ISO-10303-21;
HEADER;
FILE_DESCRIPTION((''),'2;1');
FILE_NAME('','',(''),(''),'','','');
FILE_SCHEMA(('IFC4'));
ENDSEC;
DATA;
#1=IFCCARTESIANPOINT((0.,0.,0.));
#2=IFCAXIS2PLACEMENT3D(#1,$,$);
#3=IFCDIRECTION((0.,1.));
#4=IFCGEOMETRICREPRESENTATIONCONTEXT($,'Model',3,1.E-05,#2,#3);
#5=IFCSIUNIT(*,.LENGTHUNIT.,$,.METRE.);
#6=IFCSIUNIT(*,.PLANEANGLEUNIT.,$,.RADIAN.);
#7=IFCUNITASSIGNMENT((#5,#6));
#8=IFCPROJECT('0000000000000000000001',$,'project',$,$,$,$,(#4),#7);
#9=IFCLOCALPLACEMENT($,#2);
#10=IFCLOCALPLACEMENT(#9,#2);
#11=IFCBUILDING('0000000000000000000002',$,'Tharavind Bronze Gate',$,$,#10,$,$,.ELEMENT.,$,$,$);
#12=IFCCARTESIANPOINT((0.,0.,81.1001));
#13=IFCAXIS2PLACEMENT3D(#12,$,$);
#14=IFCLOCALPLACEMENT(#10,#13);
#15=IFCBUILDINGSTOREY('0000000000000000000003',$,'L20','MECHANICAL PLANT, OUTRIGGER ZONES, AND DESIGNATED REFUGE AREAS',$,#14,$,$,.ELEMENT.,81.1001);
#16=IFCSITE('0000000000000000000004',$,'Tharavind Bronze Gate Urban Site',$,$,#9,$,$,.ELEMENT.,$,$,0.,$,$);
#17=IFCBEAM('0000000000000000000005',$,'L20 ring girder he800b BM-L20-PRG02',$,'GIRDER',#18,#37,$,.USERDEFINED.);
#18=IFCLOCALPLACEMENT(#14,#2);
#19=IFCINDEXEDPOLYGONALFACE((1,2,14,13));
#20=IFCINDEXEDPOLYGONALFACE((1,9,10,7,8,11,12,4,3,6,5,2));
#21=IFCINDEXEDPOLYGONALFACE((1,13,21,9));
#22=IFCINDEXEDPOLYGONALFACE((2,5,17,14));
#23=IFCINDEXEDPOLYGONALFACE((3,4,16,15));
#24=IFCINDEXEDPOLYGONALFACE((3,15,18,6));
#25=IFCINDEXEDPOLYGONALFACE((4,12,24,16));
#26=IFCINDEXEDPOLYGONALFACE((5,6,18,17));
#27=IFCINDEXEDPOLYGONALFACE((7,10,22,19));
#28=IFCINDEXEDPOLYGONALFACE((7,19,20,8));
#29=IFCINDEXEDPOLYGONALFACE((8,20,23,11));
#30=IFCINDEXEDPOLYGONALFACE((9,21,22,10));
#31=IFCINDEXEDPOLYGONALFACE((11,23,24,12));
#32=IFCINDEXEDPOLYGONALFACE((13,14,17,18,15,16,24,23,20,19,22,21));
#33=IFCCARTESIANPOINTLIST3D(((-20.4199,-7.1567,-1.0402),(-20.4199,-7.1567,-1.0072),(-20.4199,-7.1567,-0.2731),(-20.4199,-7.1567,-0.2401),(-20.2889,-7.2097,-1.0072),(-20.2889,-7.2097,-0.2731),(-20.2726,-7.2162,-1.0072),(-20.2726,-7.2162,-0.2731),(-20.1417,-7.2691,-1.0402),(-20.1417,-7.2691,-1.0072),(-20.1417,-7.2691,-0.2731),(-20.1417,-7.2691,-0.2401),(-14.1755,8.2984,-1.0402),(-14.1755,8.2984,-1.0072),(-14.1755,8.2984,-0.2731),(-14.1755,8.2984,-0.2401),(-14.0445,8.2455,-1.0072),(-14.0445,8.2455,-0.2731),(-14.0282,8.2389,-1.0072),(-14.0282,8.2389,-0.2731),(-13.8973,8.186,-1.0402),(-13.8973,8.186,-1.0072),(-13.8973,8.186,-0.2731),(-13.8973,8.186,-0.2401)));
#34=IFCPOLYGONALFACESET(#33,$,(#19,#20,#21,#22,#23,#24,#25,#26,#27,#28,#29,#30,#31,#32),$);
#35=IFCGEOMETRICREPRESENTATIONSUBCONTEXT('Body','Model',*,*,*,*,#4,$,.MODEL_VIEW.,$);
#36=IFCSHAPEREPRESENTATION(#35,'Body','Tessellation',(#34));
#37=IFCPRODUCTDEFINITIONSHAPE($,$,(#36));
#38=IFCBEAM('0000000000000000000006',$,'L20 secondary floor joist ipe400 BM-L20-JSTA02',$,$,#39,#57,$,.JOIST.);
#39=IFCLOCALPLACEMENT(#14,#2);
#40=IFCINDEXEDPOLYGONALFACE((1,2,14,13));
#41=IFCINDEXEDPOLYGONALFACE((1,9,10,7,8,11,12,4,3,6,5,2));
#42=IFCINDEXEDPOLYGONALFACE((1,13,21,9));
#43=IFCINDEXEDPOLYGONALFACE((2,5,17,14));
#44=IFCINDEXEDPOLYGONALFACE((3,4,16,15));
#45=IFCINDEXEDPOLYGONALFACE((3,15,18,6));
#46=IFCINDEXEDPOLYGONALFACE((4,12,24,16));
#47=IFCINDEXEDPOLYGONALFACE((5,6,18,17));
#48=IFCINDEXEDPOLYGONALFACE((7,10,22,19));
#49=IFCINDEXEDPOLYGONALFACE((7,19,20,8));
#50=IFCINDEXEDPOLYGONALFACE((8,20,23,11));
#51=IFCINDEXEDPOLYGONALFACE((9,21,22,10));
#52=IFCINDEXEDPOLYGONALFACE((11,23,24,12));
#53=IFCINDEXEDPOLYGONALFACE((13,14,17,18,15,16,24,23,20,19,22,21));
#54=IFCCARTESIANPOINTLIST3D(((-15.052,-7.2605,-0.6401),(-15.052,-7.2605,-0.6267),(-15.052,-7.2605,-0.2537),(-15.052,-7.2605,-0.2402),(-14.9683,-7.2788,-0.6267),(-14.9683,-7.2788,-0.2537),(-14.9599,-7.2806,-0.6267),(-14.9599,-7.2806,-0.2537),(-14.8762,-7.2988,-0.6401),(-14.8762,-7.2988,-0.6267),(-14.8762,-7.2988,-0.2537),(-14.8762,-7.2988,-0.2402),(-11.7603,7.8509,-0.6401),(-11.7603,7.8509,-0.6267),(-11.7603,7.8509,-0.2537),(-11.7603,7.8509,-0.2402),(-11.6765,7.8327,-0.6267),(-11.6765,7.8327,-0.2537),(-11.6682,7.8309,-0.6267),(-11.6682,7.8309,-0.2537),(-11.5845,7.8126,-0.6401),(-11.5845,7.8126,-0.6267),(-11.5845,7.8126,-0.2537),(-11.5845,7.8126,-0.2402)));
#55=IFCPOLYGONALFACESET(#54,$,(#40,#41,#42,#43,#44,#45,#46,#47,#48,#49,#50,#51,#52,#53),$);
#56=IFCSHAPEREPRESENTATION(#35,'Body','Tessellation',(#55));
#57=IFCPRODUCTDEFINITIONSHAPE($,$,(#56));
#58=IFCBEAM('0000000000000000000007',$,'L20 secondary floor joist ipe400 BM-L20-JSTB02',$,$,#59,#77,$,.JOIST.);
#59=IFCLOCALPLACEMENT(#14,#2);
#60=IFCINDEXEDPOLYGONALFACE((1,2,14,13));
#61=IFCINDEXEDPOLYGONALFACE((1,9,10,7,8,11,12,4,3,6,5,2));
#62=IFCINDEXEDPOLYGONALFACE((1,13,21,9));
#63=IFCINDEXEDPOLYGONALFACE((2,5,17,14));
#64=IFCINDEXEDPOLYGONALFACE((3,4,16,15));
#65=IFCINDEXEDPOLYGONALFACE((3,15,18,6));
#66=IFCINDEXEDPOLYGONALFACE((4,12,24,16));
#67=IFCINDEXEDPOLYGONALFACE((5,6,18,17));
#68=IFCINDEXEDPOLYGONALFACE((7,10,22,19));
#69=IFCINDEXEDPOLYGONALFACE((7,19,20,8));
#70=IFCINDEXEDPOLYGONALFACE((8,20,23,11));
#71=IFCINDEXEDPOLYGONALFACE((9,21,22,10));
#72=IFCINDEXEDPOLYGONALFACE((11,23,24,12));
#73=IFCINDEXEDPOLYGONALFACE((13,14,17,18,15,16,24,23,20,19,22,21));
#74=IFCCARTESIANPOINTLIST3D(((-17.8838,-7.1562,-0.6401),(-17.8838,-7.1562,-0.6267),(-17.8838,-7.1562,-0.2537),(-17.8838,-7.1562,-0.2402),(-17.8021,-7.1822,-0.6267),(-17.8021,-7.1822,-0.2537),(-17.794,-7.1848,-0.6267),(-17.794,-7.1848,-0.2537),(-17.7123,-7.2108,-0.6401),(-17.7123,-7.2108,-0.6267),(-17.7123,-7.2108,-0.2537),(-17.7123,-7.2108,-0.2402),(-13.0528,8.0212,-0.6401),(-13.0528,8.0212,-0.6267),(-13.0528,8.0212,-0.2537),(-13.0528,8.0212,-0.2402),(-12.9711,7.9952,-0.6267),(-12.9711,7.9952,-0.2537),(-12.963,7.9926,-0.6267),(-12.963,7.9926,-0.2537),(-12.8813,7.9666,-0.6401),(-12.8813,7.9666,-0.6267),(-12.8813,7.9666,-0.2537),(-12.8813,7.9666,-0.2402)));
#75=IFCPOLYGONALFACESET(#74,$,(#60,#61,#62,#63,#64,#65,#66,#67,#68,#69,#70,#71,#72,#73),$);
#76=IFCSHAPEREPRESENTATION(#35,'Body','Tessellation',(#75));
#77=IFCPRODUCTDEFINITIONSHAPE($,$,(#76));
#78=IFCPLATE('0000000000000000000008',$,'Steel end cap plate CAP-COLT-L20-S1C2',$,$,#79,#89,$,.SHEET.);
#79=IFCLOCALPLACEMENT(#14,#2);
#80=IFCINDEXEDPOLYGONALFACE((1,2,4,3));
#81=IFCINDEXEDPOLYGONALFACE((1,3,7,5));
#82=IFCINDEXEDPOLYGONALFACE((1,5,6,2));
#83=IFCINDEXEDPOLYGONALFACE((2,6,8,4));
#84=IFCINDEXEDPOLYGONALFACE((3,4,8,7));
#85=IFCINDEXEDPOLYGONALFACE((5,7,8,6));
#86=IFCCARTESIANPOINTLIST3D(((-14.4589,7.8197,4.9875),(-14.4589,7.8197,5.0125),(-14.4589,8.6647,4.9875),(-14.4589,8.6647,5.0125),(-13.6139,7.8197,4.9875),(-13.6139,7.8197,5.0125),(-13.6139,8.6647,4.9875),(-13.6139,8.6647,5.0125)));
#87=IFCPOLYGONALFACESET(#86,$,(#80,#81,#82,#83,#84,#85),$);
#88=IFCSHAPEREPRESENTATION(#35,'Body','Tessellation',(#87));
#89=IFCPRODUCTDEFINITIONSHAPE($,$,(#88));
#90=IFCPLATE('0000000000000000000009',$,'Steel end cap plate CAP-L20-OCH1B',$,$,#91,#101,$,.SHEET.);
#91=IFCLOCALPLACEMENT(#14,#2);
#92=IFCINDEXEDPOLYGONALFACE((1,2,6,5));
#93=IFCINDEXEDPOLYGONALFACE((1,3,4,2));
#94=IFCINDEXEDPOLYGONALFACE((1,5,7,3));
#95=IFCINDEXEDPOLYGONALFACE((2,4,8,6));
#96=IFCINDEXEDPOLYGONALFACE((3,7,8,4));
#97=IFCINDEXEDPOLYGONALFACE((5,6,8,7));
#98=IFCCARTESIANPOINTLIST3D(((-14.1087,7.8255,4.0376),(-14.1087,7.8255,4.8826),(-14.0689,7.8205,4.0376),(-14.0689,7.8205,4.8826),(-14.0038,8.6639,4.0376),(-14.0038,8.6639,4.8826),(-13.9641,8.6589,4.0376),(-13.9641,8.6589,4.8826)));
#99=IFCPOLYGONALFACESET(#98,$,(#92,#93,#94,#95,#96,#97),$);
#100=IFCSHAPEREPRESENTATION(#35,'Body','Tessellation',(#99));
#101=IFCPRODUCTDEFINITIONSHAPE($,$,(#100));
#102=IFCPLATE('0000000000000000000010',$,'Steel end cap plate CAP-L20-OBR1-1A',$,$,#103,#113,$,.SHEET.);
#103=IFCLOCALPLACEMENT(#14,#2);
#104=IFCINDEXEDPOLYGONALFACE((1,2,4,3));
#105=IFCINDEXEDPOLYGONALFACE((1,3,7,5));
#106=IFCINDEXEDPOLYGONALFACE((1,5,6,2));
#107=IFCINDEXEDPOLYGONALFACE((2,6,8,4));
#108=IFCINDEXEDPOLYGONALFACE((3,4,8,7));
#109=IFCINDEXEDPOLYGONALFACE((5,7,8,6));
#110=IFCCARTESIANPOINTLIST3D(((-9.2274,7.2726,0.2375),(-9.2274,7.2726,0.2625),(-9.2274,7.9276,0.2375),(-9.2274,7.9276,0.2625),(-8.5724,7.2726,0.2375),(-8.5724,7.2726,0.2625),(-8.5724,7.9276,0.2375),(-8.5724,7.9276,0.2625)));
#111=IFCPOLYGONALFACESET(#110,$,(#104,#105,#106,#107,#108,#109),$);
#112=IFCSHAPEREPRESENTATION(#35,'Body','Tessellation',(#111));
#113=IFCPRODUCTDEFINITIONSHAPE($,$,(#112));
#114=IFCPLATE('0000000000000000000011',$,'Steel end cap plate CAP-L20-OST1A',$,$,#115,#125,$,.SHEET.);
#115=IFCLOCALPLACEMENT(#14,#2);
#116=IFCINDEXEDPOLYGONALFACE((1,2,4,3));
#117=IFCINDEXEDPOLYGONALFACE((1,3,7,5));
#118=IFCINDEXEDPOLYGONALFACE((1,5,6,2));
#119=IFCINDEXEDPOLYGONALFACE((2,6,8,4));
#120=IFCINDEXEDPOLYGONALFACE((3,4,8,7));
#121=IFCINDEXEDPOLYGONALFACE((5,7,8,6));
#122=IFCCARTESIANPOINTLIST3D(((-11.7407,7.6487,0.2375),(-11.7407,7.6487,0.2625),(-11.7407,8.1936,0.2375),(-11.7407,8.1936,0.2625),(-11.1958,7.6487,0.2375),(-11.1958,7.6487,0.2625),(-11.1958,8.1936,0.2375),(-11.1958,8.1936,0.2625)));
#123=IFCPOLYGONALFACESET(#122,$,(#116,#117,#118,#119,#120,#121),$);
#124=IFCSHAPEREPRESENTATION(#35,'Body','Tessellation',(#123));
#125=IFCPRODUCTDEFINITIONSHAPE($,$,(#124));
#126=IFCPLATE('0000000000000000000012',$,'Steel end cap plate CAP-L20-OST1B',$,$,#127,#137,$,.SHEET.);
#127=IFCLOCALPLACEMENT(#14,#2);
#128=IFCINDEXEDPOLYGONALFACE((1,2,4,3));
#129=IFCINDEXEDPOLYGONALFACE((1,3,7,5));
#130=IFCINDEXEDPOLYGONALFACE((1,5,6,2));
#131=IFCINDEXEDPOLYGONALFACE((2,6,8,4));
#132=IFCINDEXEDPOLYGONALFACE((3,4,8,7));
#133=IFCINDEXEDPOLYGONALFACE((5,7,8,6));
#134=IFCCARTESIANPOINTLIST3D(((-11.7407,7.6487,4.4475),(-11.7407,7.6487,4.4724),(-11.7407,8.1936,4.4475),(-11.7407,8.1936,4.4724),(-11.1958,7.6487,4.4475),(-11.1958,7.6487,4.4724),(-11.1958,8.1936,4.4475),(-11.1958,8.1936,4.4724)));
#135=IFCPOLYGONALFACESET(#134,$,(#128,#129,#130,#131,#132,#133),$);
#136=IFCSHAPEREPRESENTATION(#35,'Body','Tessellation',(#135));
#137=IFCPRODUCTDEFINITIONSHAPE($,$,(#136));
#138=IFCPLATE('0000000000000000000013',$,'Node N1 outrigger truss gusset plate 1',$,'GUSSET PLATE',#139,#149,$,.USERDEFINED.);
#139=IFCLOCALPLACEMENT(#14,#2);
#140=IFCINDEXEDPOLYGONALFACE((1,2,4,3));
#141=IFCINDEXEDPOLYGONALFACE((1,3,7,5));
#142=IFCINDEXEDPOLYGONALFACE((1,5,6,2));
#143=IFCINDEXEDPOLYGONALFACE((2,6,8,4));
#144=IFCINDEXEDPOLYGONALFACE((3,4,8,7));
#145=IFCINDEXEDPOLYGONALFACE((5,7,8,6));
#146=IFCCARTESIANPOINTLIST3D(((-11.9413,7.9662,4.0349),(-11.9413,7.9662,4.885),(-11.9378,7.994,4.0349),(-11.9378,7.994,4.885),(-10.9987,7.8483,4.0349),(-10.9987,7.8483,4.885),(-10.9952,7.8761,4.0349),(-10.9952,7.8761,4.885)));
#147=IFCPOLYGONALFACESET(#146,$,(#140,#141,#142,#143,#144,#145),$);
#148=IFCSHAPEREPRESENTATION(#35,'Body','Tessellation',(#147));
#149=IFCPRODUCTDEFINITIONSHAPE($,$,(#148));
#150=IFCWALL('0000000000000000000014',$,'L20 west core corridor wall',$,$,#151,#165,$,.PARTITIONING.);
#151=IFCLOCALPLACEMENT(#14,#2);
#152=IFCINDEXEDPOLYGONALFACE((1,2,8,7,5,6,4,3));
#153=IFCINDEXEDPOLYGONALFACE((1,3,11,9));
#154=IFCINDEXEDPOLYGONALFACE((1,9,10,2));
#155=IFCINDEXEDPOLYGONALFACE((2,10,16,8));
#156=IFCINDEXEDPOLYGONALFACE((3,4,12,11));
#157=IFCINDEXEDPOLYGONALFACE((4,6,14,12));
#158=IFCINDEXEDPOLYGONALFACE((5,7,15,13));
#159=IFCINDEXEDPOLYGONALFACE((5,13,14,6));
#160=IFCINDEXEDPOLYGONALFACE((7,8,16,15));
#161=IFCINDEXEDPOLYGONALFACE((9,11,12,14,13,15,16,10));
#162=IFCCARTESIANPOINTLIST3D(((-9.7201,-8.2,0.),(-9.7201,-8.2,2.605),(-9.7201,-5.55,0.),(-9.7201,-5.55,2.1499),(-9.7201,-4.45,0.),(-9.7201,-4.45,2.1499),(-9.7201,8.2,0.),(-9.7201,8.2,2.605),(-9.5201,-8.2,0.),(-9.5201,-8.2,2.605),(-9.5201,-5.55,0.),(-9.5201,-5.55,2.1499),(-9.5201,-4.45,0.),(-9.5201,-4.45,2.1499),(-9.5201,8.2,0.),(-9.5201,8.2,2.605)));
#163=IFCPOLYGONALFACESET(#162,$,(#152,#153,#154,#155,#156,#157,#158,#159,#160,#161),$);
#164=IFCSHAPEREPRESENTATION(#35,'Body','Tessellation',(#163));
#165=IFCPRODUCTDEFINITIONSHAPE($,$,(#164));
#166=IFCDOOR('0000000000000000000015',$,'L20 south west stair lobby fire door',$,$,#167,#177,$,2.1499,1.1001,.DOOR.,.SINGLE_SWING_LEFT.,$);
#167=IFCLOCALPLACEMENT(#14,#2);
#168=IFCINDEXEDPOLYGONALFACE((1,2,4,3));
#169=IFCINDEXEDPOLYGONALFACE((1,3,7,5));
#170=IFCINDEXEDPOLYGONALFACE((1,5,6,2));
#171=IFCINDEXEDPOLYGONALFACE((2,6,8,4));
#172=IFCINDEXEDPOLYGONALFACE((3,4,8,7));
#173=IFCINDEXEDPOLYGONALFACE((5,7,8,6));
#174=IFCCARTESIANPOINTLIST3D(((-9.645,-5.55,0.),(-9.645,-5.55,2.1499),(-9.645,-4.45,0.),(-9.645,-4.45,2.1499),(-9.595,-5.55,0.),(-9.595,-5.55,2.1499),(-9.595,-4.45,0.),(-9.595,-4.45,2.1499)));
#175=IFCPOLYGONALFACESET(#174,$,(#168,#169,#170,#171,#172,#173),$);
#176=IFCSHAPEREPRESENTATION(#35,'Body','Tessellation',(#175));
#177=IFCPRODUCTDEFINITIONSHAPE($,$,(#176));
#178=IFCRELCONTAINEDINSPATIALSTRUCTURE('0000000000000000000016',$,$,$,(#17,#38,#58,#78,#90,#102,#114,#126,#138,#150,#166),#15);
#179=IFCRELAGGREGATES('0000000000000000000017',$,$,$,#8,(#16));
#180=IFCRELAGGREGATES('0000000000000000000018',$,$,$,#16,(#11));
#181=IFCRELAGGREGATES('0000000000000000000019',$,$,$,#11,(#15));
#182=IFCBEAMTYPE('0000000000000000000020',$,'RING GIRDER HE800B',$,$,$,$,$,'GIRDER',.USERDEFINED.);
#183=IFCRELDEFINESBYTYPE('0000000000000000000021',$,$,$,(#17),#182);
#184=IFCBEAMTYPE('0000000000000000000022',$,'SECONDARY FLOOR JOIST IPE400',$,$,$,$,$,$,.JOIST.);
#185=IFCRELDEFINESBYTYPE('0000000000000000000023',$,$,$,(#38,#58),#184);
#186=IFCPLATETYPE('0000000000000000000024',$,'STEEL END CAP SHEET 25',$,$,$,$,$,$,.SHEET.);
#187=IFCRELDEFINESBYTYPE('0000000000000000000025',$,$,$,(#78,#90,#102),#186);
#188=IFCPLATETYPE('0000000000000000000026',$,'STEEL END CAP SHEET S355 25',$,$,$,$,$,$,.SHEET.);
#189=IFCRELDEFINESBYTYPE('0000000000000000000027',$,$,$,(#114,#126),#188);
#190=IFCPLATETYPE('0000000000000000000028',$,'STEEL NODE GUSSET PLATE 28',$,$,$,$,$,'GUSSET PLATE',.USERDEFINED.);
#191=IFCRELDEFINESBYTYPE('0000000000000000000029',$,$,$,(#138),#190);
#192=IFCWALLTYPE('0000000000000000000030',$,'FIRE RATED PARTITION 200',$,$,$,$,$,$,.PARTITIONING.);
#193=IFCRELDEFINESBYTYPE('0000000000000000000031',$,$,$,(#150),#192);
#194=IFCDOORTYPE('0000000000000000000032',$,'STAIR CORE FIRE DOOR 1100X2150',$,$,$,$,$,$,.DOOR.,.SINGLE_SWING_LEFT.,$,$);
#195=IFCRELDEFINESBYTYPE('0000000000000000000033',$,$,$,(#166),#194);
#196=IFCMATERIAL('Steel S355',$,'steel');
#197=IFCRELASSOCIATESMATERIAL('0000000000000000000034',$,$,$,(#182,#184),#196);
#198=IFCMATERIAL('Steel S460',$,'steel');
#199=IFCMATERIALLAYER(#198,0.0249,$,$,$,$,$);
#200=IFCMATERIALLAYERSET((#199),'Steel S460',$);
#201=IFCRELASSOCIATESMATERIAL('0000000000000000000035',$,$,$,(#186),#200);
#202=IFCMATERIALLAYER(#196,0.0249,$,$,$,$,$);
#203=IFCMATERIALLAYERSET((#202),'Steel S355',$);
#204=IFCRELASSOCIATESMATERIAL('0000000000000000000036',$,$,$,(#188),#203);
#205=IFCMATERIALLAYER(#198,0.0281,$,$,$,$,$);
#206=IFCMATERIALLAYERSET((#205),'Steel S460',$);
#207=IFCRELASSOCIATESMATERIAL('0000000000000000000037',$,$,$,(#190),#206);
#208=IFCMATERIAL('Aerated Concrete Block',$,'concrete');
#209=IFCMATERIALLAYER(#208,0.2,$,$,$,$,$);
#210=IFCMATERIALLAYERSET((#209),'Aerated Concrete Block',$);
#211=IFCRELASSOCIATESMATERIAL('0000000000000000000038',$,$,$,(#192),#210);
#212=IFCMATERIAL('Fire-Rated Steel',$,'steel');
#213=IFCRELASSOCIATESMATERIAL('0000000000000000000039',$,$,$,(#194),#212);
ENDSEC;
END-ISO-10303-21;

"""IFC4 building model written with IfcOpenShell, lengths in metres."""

from ifc_helpers import new_model, si_unit, direction, frame, frame_2d, origin, origin_2d, place, context, subcontext, project, spatial, rectangle, i_section, extrude, material, layer, layer_set, material_profile, profile_set, type_object, element, fill, save


model = new_model("IFC4")

# Units and contexts
model_context = context("Model", 3, precision=1e-05, world=origin(), true_north=direction((0.0, 1.0)))
body_context = subcontext(model_context, "Body", "Model", "MODEL_VIEW")
ifc_project = project(units=[si_unit("LENGTHUNIT", "METRE"), si_unit("PLANEANGLEUNIT", "RADIAN")], contexts=[model_context])

# Site, building, storey
site_placement = place(None, origin())
site = spatial("IfcSite", under=ifc_project, at=site_placement, Name="Tharavind Bronze Gate Urban Site", CompositionType="ELEMENT", RefElevation=0.0)
building_placement = place(site_placement, origin())
building = spatial("IfcBuilding", under=site, at=building_placement, Name="Tharavind Bronze Gate", CompositionType="ELEMENT")
storey_placement = place(building_placement, frame((0.0, 0.0, 81.1001)))
storey = spatial("IfcBuildingStorey", under=building, at=storey_placement, Name="L20", Description="MECHANICAL PLANT, OUTRIGGER ZONES, AND DESIGNATED REFUGE AREAS", CompositionType="ELEMENT", Elevation=81.1001)

# Shared definitions
ifc_material_1 = material(Name="Steel S460", Category="steel")

# Beams
ifc_material_2 = material(Name="Steel S355", Category="steel")
ifc_material_profile_1 = material_profile(ifc_material_2, i_section(OverallWidth=0.3, OverallDepth=0.8, WebThickness=0.0176, FlangeThickness=0.033, at=origin_2d()), Name="HE800B")
ifc_profile_set_1 = profile_set([ifc_material_profile_1], Name="Steel S355")
beam_type_1 = type_object("IfcBeamType", Name="RING GIRDER HE800B", ElementType="GIRDER", PredefinedType="USERDEFINED", material=ifc_profile_set_1)
beam_1_placement = place(storey_placement, frame((-14.0364, 8.2422, -0.6401), z_axis=(-0.374613, -0.927181, 0.0), x_axis=(0.927181, -0.374613, 0.0)))
element("IfcBeam", 1, at=beam_1_placement, inside=storey, type_object=beam_type_1, Name="L20 ring girder he800b BM-L20-PRG02", ObjectType="GIRDER", PredefinedType="USERDEFINED", context=body_context, shape_type="SweptSolid", body=[
    extrude(i_section(OverallWidth=0.3, OverallDepth=0.8, WebThickness=0.0176, FlangeThickness=0.033, at=origin_2d()), origin(), (0.0, 0.0, 1.0), 16.6689),
])
ifc_material_profile_2 = material_profile(ifc_material_2, i_section(OverallWidth=0.1799, OverallDepth=0.3999, WebThickness=0.0085, FlangeThickness=0.0134, at=origin_2d()), Name="IPE400")
ifc_profile_set_2 = profile_set([ifc_material_profile_2], Name="Steel S355")
beam_type_2 = type_object("IfcBeamType", Name="SECONDARY FLOOR JOIST IPE400", PredefinedType="JOIST", material=ifc_profile_set_2)
beam_2_placement = place(storey_placement, frame((-11.6724, 7.8318, -0.4402), z_axis=(-0.212839, -0.977087, 0.0), x_axis=(0.977087, -0.212839, 0.0)))
element("IfcBeam", 2, at=beam_2_placement, inside=storey, type_object=beam_type_2, Name="L20 secondary floor joist ipe400 BM-L20-JSTA02", PredefinedType="JOIST", context=body_context, shape_type="SweptSolid", body=[
    extrude(i_section(OverallWidth=0.1799, OverallDepth=0.3999, WebThickness=0.0085, FlangeThickness=0.0134, at=origin_2d()), origin(), (0.0, 0.0, 1.0), 15.4658),
])
beam_3_placement = place(storey_placement, frame((-12.967, 7.9939, -0.4402), z_axis=(-0.303309, -0.952892, 0.0), x_axis=(0.952892, -0.303309, 0.0)))
element("IfcBeam", 3, at=beam_3_placement, inside=storey, type_object=beam_type_2, Name="L20 secondary floor joist ipe400 BM-L20-JSTB02", PredefinedType="JOIST", context=body_context, shape_type="SweptSolid", body=[
    extrude(i_section(OverallWidth=0.1799, OverallDepth=0.3999, WebThickness=0.0085, FlangeThickness=0.0134, at=origin_2d()), origin(), (0.0, 0.0, 1.0), 15.9277),
])

# Plates
ifc_layer_1 = layer(ifc_material_1, 0.0249)
ifc_layer_set_1 = layer_set([ifc_layer_1], Name="Steel S460")
plate_type_1 = type_object("IfcPlateType", Name="STEEL END CAP SHEET 25", PredefinedType="SHEET", material=ifc_layer_set_1)
plate_1_placement = place(storey_placement, frame((-14.0364, 8.2422, 4.9875), z_axis=(0.0, 0.0, 1.0), x_axis=(1.0, 0.0, 0.0)))
element("IfcPlate", 4, at=plate_1_placement, inside=storey, type_object=plate_type_1, Name="Steel end cap plate CAP-COLT-L20-S1C2", PredefinedType="SHEET", context=body_context, shape_type="SweptSolid", body=[
    extrude(rectangle(XDim=0.845, YDim=0.845, at=origin_2d()), origin(), (0.0, 0.0, 1.0), 0.0249),
])
plate_2_placement = place(storey_placement, frame((-14.0364, 8.2422, 4.0376), z_axis=(0.0, 0.0, 1.0), x_axis=(-0.992272, 0.124085, 0.0)))
element("IfcPlate", 5, at=plate_2_placement, inside=storey, type_object=plate_type_1, Name="Steel end cap plate CAP-L20-OCH1B", PredefinedType="SHEET", context=body_context, shape_type="SweptSolid", body=[
    extrude(rectangle(XDim=0.04, YDim=0.845, at=origin_2d()), origin(), (0.0, 0.0, 1.0), 0.845),
])
plate_3_placement = place(storey_placement, frame((-8.8999, 7.6001, 0.2375), z_axis=(0.0, 0.0, 1.0), x_axis=(1.0, 0.0, 0.0)))
element("IfcPlate", 6, at=plate_3_placement, inside=storey, type_object=plate_type_1, Name="Steel end cap plate CAP-L20-OBR1-1A", PredefinedType="SHEET", context=body_context, shape_type="SweptSolid", body=[
    extrude(rectangle(XDim=0.655, YDim=0.655, at=origin_2d()), origin(), (0.0, 0.0, 1.0), 0.0249),
])
ifc_layer_2 = layer(ifc_material_2, 0.0249)
ifc_layer_set_2 = layer_set([ifc_layer_2], Name="Steel S355")
plate_type_2 = type_object("IfcPlateType", Name="STEEL END CAP SHEET S355 25", PredefinedType="SHEET", material=ifc_layer_set_2)
for number, where, z_axis, x_axis, name in (
    (7, (-11.4683, 7.9211, 0.2375), (0.0, 0.0, 1.0), (1.0, 0.0, 0.0), "Steel end cap plate CAP-L20-OST1A"),
    (8, (-11.4683, 7.9211, 4.4475), (0.0, 0.0, 1.0), (1.0, 0.0, 0.0), "Steel end cap plate CAP-L20-OST1B"),
):
    element("IfcPlate", number, at=place(storey_placement, frame(where, z_axis=z_axis, x_axis=x_axis)), inside=storey, type_object=plate_type_2, Name=name, PredefinedType="SHEET", context=body_context, shape_type="SweptSolid", body=[
        extrude(rectangle(XDim=0.5449, YDim=0.5449, at=origin_2d()), origin(), (0.0, 0.0, 1.0), 0.0249),
    ])
ifc_layer_3 = layer(ifc_material_1, 0.0281)
ifc_layer_set_3 = layer_set([ifc_layer_3], Name="Steel S460")
plate_type_3 = type_object("IfcPlateType", Name="STEEL NODE GUSSET PLATE 28", ElementType="GUSSET PLATE", PredefinedType="USERDEFINED", material=ifc_layer_set_3)
plate_4_placement = place(storey_placement, frame((-11.4683, 7.9211, 4.0349), z_axis=(0.0, 0.0, 1.0), x_axis=(-0.992272, 0.124085, 0.0)))
element("IfcPlate", 9, at=plate_4_placement, inside=storey, type_object=plate_type_3, Name="Node N1 outrigger truss gusset plate 1", ObjectType="GUSSET PLATE", PredefinedType="USERDEFINED", context=body_context, shape_type="SweptSolid", body=[
    extrude(rectangle(XDim=0.95, YDim=0.0281, at=origin_2d()), origin(), (0.0, 0.0, 1.0), 0.8501),
])

# Wall, opening, door
ifc_material_3 = material(Name="Aerated Concrete Block", Category="concrete")
ifc_layer_4 = layer(ifc_material_3, 0.2)
ifc_layer_set_4 = layer_set([ifc_layer_4], Name="Aerated Concrete Block")
wall_type_1 = type_object("IfcWallType", Name="FIRE RATED PARTITION 200", PredefinedType="PARTITIONING", material=ifc_layer_set_4)
wall_1_placement = place(storey_placement, frame((-9.6201, 8.2, 0.0), z_axis=(0.0, 0.0, 1.0), x_axis=(0.0, -1.0, 0.0)))
wall_1 = element("IfcWall", 10, at=wall_1_placement, inside=storey, type_object=wall_type_1, Name="L20 west core corridor wall", PredefinedType="PARTITIONING", context=body_context, shape_type="SweptSolid", body=[
    extrude(rectangle(XDim=16.3999, YDim=0.2, at=frame_2d((8.2, 0.0))), origin(), (0.0, 0.0, 1.0), 2.605),
])
opening_placement = place(wall_1_placement, frame((12.6499, 0.0, 0.0)))
opening = element("IfcOpeningElement", 11, at=opening_placement, cuts=wall_1, PredefinedType="OPENING", context=body_context, shape_type="SweptSolid", body=[
    extrude(rectangle(XDim=1.1001, YDim=2.1499, at=frame_2d((0.55, 1.075))), frame((0.0, 0.1101, 0.0), z_axis=(0.0, -1.0, 0.0), x_axis=(1.0, 0.0, 0.0)), (0.0, 0.0, 1.0), 0.22),
])
ifc_material_4 = material(Name="Fire-Rated Steel", Category="steel")
door_type = type_object("IfcDoorType", Name="STAIR CORE FIRE DOOR 1100X2150", OperationType="SINGLE_SWING_LEFT", PredefinedType="DOOR", material=ifc_material_4)
door_placement = place(opening_placement, frame((1.1001, 0.0, 0.0), z_axis=(0.0, 0.0, 1.0), x_axis=(-1.0, 0.0, 0.0)))
door = element("IfcDoor", 12, at=door_placement, inside=storey, type_object=door_type, Name="L20 south west stair lobby fire door", OperationType="SINGLE_SWING_LEFT", OverallHeight=2.1499, OverallWidth=1.1001, PredefinedType="DOOR", context=body_context, shape_type="SweptSolid", body=[
    extrude(rectangle(XDim=1.1001, YDim=2.1499, at=frame_2d((0.55, 1.075))), frame((0.0, 0.0249, 0.0), z_axis=(0.0, -1.0, 0.0), x_axis=(1.0, 0.0, 0.0)), (0.0, 0.0, 1.0), 0.05),
])
fill(opening, door)

save(model, "model.ifc")
